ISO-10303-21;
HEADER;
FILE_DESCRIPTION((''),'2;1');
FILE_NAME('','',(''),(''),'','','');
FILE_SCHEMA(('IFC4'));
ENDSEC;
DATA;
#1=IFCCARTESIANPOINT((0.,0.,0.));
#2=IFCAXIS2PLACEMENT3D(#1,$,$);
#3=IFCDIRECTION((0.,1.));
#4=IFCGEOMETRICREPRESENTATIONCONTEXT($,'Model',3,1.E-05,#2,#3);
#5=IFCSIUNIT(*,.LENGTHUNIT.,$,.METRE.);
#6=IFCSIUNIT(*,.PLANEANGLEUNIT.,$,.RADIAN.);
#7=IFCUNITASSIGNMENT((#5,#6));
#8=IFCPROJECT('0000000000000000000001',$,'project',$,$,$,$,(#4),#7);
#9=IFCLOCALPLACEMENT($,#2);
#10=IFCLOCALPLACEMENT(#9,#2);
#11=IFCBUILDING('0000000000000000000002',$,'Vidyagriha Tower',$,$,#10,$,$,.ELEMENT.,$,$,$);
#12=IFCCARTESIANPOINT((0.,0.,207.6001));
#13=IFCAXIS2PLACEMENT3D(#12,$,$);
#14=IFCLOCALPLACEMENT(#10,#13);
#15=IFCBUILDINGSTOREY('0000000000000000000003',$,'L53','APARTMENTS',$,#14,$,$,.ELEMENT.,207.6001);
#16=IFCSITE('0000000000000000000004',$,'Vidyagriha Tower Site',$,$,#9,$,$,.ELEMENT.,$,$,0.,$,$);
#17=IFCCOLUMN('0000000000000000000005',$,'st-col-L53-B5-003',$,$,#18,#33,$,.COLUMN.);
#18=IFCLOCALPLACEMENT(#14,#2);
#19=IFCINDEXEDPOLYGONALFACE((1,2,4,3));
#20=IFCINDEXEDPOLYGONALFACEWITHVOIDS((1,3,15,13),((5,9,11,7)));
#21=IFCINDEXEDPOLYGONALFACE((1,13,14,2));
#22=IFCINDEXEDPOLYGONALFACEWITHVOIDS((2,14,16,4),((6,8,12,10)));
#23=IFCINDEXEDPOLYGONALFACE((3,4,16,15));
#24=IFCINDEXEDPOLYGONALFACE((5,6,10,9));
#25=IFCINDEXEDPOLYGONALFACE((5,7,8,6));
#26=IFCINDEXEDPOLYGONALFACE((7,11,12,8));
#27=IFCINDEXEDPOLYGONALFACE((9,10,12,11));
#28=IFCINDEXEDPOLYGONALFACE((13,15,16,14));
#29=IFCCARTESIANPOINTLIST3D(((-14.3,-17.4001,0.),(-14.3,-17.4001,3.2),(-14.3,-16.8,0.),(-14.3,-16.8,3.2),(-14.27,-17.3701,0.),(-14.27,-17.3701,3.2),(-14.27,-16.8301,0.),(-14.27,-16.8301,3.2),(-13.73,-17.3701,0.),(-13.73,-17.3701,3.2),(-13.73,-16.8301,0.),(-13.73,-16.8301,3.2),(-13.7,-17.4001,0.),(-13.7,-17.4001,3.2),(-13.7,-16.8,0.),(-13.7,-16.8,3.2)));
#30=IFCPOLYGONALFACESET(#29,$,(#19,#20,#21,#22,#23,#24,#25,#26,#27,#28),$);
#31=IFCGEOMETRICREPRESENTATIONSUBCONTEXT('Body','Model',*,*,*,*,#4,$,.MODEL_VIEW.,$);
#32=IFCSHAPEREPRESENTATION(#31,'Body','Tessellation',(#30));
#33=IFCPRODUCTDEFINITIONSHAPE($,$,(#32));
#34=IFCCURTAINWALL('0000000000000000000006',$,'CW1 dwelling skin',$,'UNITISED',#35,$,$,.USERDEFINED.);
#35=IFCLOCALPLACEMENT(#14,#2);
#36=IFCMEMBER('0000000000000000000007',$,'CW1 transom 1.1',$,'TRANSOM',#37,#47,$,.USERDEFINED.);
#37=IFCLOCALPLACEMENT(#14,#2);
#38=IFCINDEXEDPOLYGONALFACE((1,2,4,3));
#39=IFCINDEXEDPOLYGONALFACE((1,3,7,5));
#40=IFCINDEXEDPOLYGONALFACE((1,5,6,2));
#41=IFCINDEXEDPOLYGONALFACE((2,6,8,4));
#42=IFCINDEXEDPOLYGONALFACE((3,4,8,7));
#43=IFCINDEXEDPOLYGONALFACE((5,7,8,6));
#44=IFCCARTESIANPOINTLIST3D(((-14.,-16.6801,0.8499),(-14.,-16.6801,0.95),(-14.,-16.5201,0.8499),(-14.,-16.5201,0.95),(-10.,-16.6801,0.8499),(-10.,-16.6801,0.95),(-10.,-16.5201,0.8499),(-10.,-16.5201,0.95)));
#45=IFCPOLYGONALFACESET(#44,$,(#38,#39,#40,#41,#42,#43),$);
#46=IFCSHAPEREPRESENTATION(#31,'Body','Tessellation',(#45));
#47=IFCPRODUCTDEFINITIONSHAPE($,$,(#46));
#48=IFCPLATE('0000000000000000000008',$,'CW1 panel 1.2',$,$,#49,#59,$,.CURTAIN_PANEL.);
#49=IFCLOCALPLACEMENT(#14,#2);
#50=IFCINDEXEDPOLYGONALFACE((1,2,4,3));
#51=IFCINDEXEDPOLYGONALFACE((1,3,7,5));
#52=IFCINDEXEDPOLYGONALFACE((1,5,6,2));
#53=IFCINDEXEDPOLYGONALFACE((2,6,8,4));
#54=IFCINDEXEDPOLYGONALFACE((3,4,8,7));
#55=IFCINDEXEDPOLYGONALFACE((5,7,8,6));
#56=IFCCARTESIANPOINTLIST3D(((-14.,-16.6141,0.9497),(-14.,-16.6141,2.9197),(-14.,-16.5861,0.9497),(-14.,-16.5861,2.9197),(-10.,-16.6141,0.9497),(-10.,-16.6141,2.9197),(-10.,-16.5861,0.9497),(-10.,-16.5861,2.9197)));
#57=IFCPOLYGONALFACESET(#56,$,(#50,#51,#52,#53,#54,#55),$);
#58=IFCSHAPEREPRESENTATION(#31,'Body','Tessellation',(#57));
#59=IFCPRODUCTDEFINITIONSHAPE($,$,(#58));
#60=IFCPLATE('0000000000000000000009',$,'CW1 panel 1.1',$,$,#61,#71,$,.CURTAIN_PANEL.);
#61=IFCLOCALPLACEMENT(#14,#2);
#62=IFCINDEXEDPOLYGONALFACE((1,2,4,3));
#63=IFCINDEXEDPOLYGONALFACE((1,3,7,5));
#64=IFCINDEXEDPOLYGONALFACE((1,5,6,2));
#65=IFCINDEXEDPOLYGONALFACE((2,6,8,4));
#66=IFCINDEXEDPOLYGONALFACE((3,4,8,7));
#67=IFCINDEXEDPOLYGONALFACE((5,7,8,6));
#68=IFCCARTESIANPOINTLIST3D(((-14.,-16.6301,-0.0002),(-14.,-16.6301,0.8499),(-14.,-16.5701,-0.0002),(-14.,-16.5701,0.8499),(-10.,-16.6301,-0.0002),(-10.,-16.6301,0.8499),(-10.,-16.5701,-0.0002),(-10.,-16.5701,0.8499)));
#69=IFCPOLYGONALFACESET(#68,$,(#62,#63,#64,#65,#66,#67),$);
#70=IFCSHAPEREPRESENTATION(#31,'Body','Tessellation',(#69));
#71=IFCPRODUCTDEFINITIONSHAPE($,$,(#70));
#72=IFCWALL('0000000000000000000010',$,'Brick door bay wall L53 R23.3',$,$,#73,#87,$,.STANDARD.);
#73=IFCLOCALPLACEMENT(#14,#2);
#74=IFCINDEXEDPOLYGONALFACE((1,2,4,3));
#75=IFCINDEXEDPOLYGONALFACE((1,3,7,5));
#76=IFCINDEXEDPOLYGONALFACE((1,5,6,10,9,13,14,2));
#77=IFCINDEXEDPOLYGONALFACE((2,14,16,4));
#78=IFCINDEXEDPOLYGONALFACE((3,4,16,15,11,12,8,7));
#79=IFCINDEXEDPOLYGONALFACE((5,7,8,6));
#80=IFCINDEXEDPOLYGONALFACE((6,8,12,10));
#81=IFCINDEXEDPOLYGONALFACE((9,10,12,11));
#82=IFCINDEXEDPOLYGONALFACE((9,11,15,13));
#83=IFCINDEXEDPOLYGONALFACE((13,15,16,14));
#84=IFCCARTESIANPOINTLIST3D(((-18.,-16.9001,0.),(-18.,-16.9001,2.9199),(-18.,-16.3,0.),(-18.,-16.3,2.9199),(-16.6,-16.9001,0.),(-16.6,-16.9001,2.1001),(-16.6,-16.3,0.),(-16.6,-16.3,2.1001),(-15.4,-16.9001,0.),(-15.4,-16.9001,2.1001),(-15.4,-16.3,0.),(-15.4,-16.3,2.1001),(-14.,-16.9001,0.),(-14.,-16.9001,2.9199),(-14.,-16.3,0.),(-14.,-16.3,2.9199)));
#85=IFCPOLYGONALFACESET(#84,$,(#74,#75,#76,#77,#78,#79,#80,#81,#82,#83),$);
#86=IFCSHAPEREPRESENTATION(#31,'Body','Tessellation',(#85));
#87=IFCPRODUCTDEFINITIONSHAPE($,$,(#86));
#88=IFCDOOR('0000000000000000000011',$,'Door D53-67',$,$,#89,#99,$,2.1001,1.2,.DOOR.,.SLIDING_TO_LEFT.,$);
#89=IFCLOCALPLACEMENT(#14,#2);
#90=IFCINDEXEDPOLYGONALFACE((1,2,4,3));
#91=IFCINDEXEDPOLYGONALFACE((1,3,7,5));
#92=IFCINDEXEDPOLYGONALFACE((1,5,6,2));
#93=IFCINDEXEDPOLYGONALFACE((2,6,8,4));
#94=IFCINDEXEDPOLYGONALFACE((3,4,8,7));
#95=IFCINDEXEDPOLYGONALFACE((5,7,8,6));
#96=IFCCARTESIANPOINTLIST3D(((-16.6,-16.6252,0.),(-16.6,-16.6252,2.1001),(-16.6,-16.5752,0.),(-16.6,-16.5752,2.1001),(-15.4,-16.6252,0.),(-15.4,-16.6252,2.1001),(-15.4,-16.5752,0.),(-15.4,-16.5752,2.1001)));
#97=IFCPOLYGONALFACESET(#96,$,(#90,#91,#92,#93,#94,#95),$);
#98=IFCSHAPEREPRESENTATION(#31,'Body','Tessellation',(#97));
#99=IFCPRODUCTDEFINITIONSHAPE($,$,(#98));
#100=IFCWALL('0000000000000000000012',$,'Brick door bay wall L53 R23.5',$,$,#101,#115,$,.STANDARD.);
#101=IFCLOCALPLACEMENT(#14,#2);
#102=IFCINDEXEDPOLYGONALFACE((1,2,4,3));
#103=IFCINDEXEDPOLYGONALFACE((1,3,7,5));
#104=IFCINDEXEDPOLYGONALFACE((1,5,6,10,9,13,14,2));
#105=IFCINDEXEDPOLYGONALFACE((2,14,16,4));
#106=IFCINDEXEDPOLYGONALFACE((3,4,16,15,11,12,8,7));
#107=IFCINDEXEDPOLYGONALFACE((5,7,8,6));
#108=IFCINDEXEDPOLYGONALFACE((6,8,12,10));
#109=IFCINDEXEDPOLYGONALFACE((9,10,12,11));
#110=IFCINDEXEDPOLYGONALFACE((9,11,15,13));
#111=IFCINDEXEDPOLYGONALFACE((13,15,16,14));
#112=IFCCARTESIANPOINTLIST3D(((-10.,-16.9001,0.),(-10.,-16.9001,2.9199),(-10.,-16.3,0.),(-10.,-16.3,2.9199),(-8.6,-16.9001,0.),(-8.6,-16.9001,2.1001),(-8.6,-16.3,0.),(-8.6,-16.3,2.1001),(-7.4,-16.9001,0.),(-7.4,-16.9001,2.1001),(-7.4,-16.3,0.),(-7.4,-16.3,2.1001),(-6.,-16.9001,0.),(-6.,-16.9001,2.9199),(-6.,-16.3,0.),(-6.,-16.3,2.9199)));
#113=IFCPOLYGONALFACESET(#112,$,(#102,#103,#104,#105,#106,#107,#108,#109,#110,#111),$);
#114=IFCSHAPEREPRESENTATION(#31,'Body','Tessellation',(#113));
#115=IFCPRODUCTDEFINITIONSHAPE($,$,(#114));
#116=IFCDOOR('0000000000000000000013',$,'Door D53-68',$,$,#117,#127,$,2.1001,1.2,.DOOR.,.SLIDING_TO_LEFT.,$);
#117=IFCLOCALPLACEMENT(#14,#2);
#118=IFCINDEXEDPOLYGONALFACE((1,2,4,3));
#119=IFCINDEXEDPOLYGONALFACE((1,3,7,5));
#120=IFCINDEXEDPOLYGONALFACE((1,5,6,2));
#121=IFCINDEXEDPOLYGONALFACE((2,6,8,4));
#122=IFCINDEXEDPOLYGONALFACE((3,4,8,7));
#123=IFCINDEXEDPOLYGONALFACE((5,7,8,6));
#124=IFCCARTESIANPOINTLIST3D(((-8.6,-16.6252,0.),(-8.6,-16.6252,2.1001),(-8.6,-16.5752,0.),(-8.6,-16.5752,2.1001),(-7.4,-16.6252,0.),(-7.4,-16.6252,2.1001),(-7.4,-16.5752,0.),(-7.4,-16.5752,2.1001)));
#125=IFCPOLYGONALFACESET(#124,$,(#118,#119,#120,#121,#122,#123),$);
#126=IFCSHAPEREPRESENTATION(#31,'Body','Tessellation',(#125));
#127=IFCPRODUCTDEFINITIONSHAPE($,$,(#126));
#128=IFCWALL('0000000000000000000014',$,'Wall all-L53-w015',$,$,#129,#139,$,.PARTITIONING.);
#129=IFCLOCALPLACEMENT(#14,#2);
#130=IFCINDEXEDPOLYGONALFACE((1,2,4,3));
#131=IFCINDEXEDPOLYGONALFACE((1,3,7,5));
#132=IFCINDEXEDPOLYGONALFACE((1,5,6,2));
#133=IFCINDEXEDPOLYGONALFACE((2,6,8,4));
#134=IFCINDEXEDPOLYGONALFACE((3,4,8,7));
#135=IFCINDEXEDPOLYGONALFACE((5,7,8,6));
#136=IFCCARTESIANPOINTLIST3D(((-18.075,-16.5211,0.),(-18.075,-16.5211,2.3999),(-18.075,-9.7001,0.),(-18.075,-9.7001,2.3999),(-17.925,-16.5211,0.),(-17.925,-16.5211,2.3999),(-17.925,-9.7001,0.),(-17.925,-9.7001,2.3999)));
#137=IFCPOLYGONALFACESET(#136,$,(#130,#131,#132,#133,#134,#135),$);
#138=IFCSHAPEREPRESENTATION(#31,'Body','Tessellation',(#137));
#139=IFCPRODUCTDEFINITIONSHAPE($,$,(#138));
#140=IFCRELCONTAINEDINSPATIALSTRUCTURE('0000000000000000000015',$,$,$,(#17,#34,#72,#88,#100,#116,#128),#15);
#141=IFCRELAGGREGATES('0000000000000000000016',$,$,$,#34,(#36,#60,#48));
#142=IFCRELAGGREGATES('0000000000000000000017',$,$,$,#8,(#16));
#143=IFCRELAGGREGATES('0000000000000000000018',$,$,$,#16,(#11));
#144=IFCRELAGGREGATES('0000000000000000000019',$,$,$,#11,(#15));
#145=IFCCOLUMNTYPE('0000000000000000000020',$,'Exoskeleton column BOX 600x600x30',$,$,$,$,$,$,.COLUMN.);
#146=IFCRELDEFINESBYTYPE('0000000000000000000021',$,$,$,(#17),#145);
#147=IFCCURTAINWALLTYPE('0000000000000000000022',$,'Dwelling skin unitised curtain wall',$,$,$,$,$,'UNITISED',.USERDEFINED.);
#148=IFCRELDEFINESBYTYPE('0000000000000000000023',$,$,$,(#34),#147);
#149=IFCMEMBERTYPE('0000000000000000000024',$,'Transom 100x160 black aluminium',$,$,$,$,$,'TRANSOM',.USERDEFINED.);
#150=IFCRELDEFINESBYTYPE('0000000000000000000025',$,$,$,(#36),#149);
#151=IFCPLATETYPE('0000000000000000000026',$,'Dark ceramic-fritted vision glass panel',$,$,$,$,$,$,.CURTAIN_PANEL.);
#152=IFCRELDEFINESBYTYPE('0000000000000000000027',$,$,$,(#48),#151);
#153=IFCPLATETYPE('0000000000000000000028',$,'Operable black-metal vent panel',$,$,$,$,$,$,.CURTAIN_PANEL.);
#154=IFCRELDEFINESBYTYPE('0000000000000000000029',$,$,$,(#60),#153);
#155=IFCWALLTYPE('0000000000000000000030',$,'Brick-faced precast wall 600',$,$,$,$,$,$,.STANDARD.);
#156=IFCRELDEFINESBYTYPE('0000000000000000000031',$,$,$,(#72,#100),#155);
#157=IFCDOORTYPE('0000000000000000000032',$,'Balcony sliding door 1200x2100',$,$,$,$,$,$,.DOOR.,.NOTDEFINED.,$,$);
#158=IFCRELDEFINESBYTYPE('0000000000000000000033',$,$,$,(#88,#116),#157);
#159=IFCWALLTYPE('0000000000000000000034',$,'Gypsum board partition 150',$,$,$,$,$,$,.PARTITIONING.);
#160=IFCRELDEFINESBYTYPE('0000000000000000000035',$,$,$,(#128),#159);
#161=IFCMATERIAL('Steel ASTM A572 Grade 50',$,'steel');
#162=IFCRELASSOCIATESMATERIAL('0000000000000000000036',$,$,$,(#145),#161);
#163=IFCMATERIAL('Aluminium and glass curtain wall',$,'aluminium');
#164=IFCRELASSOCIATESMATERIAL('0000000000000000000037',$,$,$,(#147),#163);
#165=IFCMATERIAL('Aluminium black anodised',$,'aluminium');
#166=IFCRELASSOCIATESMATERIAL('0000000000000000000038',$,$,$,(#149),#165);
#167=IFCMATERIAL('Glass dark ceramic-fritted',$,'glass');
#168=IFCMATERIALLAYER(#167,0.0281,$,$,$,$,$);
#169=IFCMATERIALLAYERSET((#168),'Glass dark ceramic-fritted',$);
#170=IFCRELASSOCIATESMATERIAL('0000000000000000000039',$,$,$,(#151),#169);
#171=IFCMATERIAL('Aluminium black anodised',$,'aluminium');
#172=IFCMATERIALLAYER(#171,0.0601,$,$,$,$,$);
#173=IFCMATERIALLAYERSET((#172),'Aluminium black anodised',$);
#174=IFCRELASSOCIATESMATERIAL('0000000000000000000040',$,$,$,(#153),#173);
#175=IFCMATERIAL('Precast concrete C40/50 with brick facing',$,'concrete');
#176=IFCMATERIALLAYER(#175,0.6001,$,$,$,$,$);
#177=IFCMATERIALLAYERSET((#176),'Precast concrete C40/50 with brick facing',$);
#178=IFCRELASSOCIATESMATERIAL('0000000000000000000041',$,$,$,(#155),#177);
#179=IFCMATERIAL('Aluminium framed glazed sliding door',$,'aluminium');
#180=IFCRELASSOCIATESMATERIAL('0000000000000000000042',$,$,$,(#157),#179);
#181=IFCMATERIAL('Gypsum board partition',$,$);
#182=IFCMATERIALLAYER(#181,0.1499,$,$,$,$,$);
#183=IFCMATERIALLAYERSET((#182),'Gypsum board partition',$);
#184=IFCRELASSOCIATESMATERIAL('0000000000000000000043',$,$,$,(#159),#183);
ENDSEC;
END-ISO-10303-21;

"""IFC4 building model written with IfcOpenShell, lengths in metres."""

from ifc_helpers import new_model, si_unit, direction, frame, frame_2d, origin, origin_2d, place, context, subcontext, project, spatial, rectangle, hollow_rectangle, extrude, material, layer, layer_set, material_profile, profile_set, type_object, element, fill, aggregate, save


model = new_model("IFC4")

# Units and contexts
model_context = context("Model", 3, precision=1e-05, world=origin(), true_north=direction((0.0, 1.0)))
body_context = subcontext(model_context, "Body", "Model", "MODEL_VIEW")
ifc_project = project(units=[si_unit("LENGTHUNIT", "METRE"), si_unit("PLANEANGLEUNIT", "RADIAN")], contexts=[model_context])

# Site, building, storey
site_placement = place(None, origin())
site = spatial("IfcSite", under=ifc_project, at=site_placement, Name="Vidyagriha Tower Site", CompositionType="ELEMENT", RefElevation=0.0)
building_placement = place(site_placement, origin())
building = spatial("IfcBuilding", under=site, at=building_placement, Name="Vidyagriha Tower", CompositionType="ELEMENT")
storey_placement = place(building_placement, frame((0.0, 0.0, 207.6001)))
storey = spatial("IfcBuildingStorey", under=building, at=storey_placement, Name="L53", Description="APARTMENTS", CompositionType="ELEMENT", Elevation=207.6001)

# Column
ifc_material_1 = material(Name="Steel ASTM A572 Grade 50", Category="steel")
ifc_material_profile_1 = material_profile(ifc_material_1, hollow_rectangle(XDim=0.6001, YDim=0.6001, WallThickness=0.03, at=origin_2d()), Name="BOX 600x600x30")
ifc_profile_set_1 = profile_set([ifc_material_profile_1], Name="Steel ASTM A572 Grade 50")
column_type = type_object("IfcColumnType", Name="Exoskeleton column BOX 600x600x30", PredefinedType="COLUMN", material=ifc_profile_set_1)
column_placement = place(storey_placement, frame((-14.0, -17.1001, 0.0)))
element("IfcColumn", 1, at=column_placement, inside=storey, type_object=column_type, Name="st-col-L53-B5-003", PredefinedType="COLUMN", context=body_context, shape_type="SweptSolid", body=[
    extrude(hollow_rectangle(XDim=0.6001, YDim=0.6001, WallThickness=0.03, at=origin_2d()), origin(), (0.0, 0.0, 1.0), 3.2),
])

# Curtain wall, member, plates
ifc_material_2 = material(Name="Aluminium and glass curtain wall", Category="aluminium")
curtain_wall_type = type_object("IfcCurtainWallType", Name="Dwelling skin unitised curtain wall", ElementType="UNITISED", PredefinedType="USERDEFINED", material=ifc_material_2)
curtain_wall_placement = place(storey_placement, origin())
curtain_wall = element("IfcCurtainWall", 2, at=curtain_wall_placement, inside=storey, type_object=curtain_wall_type, Name="CW1 dwelling skin", ObjectType="UNITISED", PredefinedType="USERDEFINED")
ifc_material_3 = material(Name="Aluminium black anodised", Category="aluminium")
ifc_material_profile_2 = material_profile(ifc_material_3, rectangle(XDim=0.1599, YDim=0.1001, at=origin_2d()), Name="Transom 100x160 black aluminium")
ifc_profile_set_2 = profile_set([ifc_material_profile_2], Name="Aluminium black anodised")
member_type = type_object("IfcMemberType", Name="Transom 100x160 black aluminium", ElementType="TRANSOM", PredefinedType="USERDEFINED", material=ifc_profile_set_2)
member_placement = place(storey_placement, frame((-14.0, -16.6001, 0.8999), z_axis=(1.0, 0.0, 0.0), x_axis=(0.0, 1.0, 0.0)))
member = element("IfcMember", 3, at=member_placement, type_object=member_type, Name="CW1 transom 1.1", ObjectType="TRANSOM", PredefinedType="USERDEFINED", context=body_context, shape_type="SweptSolid", body=[
    extrude(rectangle(XDim=0.1599, YDim=0.1001, at=origin_2d()), origin(), (0.0, 0.0, 1.0), 4.0),
])
ifc_material_4 = material(Name="Glass dark ceramic-fritted", Category="glass")
ifc_layer_1 = layer(ifc_material_4, 0.0281)
ifc_layer_set_1 = layer_set([ifc_layer_1], Name="Glass dark ceramic-fritted")
plate_type_1 = type_object("IfcPlateType", Name="Dark ceramic-fritted vision glass panel", PredefinedType="CURTAIN_PANEL", material=ifc_layer_set_1)
plate_1_placement = place(storey_placement, frame((-12.0, -16.6001, 0.9497)))
plate_1 = element("IfcPlate", 4, at=plate_1_placement, type_object=plate_type_1, Name="CW1 panel 1.2", PredefinedType="CURTAIN_PANEL", context=body_context, shape_type="SweptSolid", body=[
    extrude(rectangle(XDim=4.0, YDim=0.0281, at=origin_2d()), origin(), (0.0, 0.0, 1.0), 1.97),
])
ifc_material_5 = material(Name="Aluminium black anodised", Category="aluminium")
ifc_layer_2 = layer(ifc_material_5, 0.0601)
ifc_layer_set_2 = layer_set([ifc_layer_2], Name="Aluminium black anodised")
plate_type_2 = type_object("IfcPlateType", Name="Operable black-metal vent panel", PredefinedType="CURTAIN_PANEL", material=ifc_layer_set_2)
plate_2_placement = place(storey_placement, frame((-12.0, -16.6001, -0.0002)))
plate_2 = element("IfcPlate", 5, at=plate_2_placement, type_object=plate_type_2, Name="CW1 panel 1.1", PredefinedType="CURTAIN_PANEL", context=body_context, shape_type="SweptSolid", body=[
    extrude(rectangle(XDim=4.0, YDim=0.0601, at=origin_2d()), origin(), (0.0, 0.0, 1.0), 0.8501),
])
aggregate(curtain_wall, [member, plate_2, plate_1])

# Walls, openings, doors
ifc_material_6 = material(Name="Precast concrete C40/50 with brick facing", Category="concrete")
ifc_layer_3 = layer(ifc_material_6, 0.6001)
ifc_layer_set_3 = layer_set([ifc_layer_3], Name="Precast concrete C40/50 with brick facing")
wall_type_1 = type_object("IfcWallType", Name="Brick-faced precast wall 600", PredefinedType="STANDARD", material=ifc_layer_set_3)
wall_1_placement = place(storey_placement, frame((-18.0, -16.6001, 0.0)))
wall_1 = element("IfcWall", 6, at=wall_1_placement, inside=storey, type_object=wall_type_1, Name="Brick door bay wall L53 R23.3", PredefinedType="STANDARD", context=body_context, shape_type="SweptSolid", body=[
    extrude(rectangle(XDim=4.0, YDim=0.6001, at=frame_2d((2.0, 0.0))), origin(), (0.0, 0.0, 1.0), 2.9199),
])
opening_1_placement = place(wall_1_placement, frame((1.3999, 0.0, 0.0)))
opening_1 = element("IfcOpeningElement", 7, at=opening_1_placement, cuts=wall_1, PredefinedType="OPENING", context=body_context, shape_type="SweptSolid", body=[
    extrude(rectangle(XDim=1.2, YDim=2.1001, at=frame_2d((0.6001, 1.05))), frame((0.0, 0.3101, 0.0), z_axis=(0.0, -1.0, 0.0), x_axis=(1.0, 0.0, 0.0)), (0.0, 0.0, 1.0), 0.6201),
])
ifc_material_7 = material(Name="Aluminium framed glazed sliding door", Category="aluminium")
door_type = type_object("IfcDoorType", Name="Balcony sliding door 1200x2100", OperationType="NOTDEFINED", PredefinedType="DOOR", material=ifc_material_7)
door_1_placement = place(opening_1_placement, origin())
door_1 = element("IfcDoor", 8, at=door_1_placement, inside=storey, type_object=door_type, Name="Door D53-67", OperationType="SLIDING_TO_LEFT", OverallHeight=2.1001, OverallWidth=1.2, PredefinedType="DOOR", context=body_context, shape_type="SweptSolid", body=[
    extrude(rectangle(XDim=1.2, YDim=2.1001, at=frame_2d((0.6001, 1.05))), frame((0.0, 0.0249, 0.0), z_axis=(0.0, -1.0, 0.0), x_axis=(1.0, 0.0, 0.0)), (0.0, 0.0, 1.0), 0.05),
])
fill(opening_1, door_1)
wall_2_placement = place(storey_placement, frame((-10.0, -16.6001, 0.0)))
wall_2 = element("IfcWall", 9, at=wall_2_placement, inside=storey, type_object=wall_type_1, Name="Brick door bay wall L53 R23.5", PredefinedType="STANDARD", context=body_context, shape_type="SweptSolid", body=[
    extrude(rectangle(XDim=4.0, YDim=0.6001, at=frame_2d((2.0, 0.0))), origin(), (0.0, 0.0, 1.0), 2.9199),
])
opening_2_placement = place(wall_2_placement, frame((1.3999, 0.0, 0.0)))
opening_2 = element("IfcOpeningElement", 10, at=opening_2_placement, cuts=wall_2, PredefinedType="OPENING", context=body_context, shape_type="SweptSolid", body=[
    extrude(rectangle(XDim=1.2, YDim=2.1001, at=frame_2d((0.6001, 1.05))), frame((0.0, 0.3101, 0.0), z_axis=(0.0, -1.0, 0.0), x_axis=(1.0, 0.0, 0.0)), (0.0, 0.0, 1.0), 0.6201),
])
door_2_placement = place(opening_2_placement, origin())
door_2 = element("IfcDoor", 11, at=door_2_placement, inside=storey, type_object=door_type, Name="Door D53-68", OperationType="SLIDING_TO_LEFT", OverallHeight=2.1001, OverallWidth=1.2, PredefinedType="DOOR", context=body_context, shape_type="SweptSolid", body=[
    extrude(rectangle(XDim=1.2, YDim=2.1001, at=frame_2d((0.6001, 1.05))), frame((0.0, 0.0249, 0.0), z_axis=(0.0, -1.0, 0.0), x_axis=(1.0, 0.0, 0.0)), (0.0, 0.0, 1.0), 0.05),
])
fill(opening_2, door_2)

# Wall
ifc_material_8 = material(Name="Gypsum board partition")
ifc_layer_4 = layer(ifc_material_8, 0.1499)
ifc_layer_set_4 = layer_set([ifc_layer_4], Name="Gypsum board partition")
wall_type_2 = type_object("IfcWallType", Name="Gypsum board partition 150", PredefinedType="PARTITIONING", material=ifc_layer_set_4)
wall_3_placement = place(storey_placement, frame((-18.0, -9.7, 0.0), z_axis=(0.0, 0.0, 1.0), x_axis=(0.0, -1.0, 0.0)))
element("IfcWall", 12, at=wall_3_placement, inside=storey, type_object=wall_type_2, Name="Wall all-L53-w015", PredefinedType="PARTITIONING", context=body_context, shape_type="SweptSolid", body=[
    extrude(rectangle(XDim=6.821, YDim=0.1499, at=frame_2d((3.4106, 0.0))), origin(), (0.0, 0.0, 1.0), 2.3999),
])

save(model, "model.ifc")
